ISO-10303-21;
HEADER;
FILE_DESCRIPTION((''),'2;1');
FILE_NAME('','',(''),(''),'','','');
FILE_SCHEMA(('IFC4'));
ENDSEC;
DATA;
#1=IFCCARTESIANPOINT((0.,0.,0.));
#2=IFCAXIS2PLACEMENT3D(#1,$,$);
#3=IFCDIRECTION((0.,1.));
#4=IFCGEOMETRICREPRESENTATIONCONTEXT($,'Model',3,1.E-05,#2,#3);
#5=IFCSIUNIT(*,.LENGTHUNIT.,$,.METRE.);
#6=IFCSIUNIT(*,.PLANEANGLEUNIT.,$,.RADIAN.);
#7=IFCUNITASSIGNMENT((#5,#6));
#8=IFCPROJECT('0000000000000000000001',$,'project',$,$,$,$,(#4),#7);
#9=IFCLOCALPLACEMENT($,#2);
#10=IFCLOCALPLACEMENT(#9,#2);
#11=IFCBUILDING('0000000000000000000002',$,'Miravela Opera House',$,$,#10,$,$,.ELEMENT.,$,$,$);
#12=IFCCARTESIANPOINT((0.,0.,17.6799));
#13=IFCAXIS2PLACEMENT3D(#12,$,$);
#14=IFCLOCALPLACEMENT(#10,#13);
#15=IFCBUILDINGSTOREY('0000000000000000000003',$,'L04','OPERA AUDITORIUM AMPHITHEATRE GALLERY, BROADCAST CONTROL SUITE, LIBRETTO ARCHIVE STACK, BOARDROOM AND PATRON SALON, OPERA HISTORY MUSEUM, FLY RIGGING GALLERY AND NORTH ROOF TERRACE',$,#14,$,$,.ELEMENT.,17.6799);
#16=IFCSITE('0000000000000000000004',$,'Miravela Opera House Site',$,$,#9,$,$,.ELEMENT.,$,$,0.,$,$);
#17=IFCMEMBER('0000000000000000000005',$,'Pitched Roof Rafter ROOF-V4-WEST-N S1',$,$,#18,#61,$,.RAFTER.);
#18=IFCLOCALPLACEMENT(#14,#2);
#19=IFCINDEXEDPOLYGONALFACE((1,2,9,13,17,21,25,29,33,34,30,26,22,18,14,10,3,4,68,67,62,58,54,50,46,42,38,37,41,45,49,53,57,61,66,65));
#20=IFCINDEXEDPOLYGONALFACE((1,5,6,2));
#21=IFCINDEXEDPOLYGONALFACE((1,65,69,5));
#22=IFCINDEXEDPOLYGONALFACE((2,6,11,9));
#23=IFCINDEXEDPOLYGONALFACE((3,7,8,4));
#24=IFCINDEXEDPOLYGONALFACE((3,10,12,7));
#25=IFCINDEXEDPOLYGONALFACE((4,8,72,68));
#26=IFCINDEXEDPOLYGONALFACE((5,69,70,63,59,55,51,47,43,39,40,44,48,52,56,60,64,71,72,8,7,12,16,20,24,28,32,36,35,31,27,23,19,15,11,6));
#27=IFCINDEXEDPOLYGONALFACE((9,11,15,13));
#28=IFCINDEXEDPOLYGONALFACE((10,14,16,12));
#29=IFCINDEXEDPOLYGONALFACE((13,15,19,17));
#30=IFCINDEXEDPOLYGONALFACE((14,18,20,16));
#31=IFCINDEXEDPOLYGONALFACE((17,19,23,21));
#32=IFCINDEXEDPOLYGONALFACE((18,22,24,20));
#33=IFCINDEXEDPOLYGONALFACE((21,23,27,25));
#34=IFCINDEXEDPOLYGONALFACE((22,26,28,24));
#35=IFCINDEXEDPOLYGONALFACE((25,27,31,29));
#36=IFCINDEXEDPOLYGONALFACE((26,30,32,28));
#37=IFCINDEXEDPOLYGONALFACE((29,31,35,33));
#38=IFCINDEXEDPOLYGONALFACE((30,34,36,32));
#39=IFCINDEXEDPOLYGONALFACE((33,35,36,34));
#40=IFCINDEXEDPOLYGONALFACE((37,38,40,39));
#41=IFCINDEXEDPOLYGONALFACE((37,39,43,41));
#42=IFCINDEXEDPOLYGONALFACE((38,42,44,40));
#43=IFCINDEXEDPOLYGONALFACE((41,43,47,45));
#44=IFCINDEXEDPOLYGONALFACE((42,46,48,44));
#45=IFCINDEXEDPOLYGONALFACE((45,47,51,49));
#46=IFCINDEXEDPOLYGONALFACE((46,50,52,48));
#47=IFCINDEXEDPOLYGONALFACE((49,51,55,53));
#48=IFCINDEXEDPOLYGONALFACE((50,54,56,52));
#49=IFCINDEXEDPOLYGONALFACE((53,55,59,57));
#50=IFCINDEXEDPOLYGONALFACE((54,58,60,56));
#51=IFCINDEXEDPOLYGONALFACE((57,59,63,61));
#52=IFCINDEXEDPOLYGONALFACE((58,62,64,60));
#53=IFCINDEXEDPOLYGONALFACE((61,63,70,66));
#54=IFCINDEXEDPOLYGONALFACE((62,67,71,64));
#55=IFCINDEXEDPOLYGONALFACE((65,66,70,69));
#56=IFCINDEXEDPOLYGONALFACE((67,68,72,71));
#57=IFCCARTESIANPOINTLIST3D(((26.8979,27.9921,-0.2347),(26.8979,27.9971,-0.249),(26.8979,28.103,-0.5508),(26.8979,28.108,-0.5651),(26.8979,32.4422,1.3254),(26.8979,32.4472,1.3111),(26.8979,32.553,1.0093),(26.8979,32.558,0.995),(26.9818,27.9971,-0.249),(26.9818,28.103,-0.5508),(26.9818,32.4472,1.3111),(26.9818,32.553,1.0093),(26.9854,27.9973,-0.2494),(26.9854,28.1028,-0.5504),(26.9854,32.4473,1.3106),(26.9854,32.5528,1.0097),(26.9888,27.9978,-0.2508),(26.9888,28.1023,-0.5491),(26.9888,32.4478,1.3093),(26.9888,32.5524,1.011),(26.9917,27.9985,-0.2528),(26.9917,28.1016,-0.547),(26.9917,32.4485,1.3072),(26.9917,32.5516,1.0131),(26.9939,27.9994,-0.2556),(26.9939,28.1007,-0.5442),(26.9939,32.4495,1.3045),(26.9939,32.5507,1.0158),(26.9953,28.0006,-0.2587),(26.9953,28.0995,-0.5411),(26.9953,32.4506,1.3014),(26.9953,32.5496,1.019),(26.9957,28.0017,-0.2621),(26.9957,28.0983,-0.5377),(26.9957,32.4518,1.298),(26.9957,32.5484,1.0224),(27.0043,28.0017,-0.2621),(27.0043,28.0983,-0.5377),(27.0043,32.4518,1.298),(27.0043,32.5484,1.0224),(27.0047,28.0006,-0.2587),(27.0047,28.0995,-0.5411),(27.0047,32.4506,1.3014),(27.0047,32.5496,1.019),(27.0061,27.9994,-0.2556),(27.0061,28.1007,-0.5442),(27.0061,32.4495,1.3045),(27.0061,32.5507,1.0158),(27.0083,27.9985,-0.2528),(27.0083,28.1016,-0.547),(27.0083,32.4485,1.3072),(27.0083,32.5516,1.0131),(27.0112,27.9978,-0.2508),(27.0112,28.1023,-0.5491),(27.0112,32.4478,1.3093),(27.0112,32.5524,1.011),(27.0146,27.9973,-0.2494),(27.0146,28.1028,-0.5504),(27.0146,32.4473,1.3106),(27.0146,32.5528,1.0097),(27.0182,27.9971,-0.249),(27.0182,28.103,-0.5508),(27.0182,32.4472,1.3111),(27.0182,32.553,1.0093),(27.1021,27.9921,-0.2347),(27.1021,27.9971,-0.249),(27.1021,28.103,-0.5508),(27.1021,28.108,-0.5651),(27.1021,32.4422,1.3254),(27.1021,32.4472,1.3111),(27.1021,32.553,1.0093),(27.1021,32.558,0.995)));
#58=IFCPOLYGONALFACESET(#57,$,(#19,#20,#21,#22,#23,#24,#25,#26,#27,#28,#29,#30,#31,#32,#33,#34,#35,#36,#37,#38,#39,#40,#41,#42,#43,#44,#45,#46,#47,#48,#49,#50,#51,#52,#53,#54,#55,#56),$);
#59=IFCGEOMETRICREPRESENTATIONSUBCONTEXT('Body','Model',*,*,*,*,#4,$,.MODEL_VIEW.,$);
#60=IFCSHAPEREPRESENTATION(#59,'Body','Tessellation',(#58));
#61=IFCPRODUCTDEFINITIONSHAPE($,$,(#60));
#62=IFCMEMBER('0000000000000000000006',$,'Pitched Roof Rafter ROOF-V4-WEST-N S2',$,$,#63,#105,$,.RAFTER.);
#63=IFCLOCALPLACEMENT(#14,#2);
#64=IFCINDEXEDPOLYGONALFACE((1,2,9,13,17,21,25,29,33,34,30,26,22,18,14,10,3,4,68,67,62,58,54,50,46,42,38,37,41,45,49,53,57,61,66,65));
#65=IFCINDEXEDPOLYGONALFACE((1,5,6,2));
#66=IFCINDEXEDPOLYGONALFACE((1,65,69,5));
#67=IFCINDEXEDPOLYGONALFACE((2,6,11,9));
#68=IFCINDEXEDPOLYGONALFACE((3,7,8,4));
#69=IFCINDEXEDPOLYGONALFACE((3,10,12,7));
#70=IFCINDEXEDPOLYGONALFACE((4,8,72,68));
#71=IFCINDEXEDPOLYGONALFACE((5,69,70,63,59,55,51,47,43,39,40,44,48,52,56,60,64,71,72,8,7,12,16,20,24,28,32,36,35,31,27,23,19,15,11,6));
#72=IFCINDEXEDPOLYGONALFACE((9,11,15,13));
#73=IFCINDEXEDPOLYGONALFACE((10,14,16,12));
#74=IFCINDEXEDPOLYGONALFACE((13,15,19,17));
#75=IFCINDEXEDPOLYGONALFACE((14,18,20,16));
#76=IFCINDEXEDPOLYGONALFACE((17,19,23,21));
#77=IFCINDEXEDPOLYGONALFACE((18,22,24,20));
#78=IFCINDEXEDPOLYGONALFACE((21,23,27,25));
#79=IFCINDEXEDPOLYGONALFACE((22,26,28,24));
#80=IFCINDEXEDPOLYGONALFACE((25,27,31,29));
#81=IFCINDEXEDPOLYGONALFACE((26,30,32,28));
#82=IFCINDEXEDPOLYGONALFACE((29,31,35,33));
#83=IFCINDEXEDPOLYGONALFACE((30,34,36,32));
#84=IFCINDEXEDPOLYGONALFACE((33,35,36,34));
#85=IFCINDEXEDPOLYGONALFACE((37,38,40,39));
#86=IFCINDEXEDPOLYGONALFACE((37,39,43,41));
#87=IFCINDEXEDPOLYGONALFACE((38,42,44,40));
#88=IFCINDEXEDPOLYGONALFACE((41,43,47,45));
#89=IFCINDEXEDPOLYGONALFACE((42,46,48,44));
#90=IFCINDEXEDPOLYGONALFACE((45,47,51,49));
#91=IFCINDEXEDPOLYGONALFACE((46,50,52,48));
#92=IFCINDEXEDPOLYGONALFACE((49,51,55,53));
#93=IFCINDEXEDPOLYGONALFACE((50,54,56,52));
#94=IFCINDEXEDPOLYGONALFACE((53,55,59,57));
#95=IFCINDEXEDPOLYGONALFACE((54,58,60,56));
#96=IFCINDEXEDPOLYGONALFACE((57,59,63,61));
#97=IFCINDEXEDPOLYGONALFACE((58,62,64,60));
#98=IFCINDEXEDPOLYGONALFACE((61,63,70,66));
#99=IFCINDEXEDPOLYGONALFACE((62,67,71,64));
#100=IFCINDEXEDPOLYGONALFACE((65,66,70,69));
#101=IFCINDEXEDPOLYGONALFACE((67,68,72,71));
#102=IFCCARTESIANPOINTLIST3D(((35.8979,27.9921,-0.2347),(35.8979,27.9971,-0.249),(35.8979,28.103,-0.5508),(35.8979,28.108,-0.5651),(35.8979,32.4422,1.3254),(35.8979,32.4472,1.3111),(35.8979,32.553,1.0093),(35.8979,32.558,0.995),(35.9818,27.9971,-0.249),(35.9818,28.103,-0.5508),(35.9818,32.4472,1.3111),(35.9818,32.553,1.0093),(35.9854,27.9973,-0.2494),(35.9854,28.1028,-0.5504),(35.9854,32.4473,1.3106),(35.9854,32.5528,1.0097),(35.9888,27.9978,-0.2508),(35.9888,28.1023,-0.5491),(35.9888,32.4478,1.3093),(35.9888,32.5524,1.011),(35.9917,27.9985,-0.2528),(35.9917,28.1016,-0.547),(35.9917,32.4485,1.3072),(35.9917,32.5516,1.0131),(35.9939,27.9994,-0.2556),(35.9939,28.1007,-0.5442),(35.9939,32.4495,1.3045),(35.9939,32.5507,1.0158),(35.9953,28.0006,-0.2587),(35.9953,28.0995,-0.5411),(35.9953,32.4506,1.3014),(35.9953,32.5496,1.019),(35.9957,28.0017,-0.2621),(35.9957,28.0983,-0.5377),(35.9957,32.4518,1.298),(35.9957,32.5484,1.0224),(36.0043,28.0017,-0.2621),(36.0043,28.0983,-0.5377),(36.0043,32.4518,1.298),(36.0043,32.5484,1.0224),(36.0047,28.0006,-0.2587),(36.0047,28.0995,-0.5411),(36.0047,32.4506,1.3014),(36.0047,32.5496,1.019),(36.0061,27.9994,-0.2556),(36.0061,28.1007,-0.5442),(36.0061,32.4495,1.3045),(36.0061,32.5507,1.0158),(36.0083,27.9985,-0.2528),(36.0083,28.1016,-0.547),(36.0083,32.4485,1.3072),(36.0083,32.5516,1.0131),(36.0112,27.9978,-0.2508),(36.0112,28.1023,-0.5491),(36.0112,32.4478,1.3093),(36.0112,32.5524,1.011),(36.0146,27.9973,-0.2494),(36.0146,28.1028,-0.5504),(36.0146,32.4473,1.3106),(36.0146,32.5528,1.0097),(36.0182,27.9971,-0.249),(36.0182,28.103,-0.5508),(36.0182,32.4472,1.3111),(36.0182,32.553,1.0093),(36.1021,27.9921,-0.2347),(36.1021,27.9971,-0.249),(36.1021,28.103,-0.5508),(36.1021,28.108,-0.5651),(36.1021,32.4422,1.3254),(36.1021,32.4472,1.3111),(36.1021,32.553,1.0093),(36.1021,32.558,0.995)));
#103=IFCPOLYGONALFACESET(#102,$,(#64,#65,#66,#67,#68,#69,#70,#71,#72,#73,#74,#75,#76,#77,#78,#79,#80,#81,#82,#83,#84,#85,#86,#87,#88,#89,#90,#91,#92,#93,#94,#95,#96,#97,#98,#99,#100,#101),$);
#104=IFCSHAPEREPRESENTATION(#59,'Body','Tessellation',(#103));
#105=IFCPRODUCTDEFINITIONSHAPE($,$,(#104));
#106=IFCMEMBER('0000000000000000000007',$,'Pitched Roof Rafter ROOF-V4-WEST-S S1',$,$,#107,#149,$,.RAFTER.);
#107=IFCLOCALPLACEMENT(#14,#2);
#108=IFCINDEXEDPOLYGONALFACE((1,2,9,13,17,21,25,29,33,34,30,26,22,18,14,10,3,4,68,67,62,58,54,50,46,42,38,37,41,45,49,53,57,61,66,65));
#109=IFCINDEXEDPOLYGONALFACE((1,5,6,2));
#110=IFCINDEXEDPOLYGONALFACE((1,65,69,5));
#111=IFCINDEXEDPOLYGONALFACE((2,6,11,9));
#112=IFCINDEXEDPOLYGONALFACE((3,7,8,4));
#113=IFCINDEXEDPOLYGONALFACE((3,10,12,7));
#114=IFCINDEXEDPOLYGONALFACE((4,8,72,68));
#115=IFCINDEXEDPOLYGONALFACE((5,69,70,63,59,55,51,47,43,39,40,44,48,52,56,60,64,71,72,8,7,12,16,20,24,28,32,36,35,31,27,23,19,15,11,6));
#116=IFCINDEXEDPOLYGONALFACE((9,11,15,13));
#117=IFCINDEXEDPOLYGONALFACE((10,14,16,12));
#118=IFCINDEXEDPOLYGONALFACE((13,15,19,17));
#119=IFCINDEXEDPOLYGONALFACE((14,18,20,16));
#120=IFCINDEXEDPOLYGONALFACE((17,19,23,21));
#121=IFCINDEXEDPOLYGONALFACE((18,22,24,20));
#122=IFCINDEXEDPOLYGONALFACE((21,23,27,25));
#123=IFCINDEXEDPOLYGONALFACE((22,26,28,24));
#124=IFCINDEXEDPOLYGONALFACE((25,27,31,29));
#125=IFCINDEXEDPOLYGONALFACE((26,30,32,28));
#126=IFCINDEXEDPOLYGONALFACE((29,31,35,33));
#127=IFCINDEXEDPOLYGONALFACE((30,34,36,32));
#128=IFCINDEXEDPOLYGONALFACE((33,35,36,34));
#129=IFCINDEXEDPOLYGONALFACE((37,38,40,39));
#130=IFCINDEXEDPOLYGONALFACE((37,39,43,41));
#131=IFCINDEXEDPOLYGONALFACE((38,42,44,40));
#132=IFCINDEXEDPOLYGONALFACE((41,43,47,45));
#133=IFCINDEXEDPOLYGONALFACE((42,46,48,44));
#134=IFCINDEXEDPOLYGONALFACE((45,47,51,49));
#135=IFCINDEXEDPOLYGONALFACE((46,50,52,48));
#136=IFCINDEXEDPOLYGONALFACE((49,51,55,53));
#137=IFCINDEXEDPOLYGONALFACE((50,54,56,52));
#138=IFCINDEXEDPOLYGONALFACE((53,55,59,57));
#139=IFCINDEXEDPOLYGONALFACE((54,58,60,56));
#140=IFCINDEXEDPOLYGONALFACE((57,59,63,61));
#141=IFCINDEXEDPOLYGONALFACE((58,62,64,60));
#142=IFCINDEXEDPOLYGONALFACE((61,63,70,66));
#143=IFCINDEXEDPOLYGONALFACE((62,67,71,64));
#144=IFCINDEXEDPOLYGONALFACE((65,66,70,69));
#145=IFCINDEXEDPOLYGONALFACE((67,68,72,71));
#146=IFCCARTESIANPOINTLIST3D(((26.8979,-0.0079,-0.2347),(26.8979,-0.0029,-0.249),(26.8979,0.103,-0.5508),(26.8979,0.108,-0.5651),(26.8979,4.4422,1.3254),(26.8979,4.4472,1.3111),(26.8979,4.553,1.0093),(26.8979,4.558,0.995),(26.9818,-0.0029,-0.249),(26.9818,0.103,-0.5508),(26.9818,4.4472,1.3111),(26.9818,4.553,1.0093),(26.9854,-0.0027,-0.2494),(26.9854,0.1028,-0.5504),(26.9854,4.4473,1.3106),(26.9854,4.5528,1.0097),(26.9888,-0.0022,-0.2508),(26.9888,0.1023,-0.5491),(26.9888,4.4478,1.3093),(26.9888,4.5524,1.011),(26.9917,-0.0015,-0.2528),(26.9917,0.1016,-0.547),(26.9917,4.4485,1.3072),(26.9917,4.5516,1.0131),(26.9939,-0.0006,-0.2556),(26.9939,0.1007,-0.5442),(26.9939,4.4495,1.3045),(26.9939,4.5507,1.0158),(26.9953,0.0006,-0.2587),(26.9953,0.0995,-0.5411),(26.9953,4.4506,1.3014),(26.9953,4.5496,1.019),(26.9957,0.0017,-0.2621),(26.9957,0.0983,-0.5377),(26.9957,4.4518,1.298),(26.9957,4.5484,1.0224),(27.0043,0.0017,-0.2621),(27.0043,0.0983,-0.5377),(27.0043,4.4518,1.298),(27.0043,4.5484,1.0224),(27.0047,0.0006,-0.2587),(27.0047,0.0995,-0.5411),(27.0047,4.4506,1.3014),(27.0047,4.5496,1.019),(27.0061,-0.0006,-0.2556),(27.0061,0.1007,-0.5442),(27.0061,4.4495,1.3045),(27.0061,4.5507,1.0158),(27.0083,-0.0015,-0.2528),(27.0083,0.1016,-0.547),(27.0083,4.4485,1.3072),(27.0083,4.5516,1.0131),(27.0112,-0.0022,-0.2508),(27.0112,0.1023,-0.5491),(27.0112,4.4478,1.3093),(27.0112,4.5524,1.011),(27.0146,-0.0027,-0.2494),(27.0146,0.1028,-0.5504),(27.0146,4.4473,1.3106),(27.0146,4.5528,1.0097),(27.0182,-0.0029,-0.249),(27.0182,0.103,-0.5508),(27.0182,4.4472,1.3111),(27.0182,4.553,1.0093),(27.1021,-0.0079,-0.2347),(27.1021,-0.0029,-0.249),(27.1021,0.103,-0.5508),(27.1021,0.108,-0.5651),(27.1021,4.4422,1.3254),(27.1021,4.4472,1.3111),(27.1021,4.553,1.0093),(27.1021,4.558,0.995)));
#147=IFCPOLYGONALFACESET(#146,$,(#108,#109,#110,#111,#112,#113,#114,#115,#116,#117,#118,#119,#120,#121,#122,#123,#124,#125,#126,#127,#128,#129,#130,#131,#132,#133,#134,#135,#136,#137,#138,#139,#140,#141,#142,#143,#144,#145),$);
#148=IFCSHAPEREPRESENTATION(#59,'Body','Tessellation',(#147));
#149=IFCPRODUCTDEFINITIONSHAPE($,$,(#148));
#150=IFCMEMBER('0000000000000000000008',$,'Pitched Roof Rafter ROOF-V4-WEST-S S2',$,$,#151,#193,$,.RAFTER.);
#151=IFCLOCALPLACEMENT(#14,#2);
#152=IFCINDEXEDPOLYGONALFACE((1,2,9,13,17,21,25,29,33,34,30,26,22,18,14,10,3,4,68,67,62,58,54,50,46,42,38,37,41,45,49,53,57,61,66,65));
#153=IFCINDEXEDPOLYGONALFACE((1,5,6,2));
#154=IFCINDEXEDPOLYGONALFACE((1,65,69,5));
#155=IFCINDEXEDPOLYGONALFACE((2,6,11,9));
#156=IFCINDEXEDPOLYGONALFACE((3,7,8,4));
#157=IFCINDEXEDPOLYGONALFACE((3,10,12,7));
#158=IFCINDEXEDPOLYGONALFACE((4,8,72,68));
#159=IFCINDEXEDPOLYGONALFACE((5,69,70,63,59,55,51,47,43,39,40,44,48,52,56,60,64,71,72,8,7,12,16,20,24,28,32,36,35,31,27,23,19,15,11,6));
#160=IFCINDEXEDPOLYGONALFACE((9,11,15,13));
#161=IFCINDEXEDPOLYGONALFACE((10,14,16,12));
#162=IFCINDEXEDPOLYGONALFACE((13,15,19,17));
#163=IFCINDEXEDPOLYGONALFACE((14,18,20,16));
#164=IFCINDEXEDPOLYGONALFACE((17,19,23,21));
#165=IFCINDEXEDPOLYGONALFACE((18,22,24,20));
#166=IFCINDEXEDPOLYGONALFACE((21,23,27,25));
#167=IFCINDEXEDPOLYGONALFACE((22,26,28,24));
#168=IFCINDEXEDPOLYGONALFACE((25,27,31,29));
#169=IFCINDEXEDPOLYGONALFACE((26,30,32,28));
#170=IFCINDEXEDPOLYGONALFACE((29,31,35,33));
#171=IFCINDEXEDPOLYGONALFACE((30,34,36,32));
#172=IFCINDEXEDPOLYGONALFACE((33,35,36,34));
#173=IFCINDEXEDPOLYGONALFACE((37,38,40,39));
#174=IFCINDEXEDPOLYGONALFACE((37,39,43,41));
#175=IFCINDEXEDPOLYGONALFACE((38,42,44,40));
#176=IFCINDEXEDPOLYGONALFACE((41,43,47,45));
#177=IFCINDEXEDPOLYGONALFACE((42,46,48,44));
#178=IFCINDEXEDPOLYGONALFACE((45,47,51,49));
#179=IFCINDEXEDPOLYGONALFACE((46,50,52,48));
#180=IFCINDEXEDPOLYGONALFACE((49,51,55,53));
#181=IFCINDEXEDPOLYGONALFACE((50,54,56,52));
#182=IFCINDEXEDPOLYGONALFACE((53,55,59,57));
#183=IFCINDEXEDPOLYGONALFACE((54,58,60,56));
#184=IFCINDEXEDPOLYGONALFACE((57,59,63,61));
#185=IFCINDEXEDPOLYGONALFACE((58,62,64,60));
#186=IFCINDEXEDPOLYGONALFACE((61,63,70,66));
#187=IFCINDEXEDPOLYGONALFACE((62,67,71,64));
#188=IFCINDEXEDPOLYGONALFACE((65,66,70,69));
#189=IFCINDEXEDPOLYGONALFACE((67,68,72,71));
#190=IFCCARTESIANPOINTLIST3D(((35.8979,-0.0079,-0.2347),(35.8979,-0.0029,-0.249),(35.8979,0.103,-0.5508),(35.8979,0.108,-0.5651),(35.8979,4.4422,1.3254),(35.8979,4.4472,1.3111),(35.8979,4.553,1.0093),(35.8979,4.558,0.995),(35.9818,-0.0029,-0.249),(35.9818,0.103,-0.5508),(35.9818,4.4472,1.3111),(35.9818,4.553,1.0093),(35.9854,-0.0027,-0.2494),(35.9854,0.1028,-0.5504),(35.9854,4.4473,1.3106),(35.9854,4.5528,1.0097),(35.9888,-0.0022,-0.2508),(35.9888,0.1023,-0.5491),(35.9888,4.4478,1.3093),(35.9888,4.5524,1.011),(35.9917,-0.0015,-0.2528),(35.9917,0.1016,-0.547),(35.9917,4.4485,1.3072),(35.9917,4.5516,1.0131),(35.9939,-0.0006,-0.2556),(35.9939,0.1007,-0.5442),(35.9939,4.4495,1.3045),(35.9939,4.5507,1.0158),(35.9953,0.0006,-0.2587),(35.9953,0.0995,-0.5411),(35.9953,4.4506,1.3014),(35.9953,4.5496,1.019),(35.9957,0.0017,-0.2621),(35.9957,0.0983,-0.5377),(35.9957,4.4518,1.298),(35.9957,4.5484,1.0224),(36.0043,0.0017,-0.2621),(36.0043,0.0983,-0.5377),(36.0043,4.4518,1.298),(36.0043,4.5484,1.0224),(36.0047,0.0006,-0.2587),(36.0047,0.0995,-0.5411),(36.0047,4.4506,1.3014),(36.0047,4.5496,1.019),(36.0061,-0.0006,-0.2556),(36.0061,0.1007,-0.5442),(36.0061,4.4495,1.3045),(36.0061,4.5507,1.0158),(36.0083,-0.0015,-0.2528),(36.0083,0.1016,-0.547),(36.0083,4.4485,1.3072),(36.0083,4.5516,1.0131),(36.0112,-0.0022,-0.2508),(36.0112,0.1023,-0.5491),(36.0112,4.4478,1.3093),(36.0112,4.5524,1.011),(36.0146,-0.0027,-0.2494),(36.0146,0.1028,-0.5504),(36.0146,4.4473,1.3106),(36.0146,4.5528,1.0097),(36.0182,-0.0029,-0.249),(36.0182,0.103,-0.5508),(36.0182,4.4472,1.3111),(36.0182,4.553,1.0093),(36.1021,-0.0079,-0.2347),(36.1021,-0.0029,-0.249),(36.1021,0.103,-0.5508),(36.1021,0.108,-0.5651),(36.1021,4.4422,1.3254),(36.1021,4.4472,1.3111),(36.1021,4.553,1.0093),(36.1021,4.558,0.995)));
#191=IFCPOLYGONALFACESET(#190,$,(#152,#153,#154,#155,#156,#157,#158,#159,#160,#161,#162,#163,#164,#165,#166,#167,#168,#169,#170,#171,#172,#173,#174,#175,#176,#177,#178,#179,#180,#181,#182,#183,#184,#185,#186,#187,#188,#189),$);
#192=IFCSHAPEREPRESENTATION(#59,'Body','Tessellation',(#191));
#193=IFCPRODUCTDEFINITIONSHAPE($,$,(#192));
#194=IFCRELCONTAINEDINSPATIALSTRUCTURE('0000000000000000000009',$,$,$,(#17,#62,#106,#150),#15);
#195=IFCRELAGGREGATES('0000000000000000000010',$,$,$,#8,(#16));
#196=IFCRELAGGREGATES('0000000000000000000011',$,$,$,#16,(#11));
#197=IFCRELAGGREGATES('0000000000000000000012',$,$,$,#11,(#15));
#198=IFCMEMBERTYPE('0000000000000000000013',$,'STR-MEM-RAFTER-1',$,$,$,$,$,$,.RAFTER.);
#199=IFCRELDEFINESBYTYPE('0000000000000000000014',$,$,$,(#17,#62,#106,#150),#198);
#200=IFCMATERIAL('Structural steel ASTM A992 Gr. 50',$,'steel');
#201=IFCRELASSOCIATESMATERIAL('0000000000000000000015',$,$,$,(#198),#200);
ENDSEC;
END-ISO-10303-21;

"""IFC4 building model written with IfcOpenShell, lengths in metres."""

from ifc_helpers import new_model, si_unit, direction, frame, origin, origin_2d, place, context, subcontext, project, spatial, i_section, extrude, material, material_profile, profile_set, type_object, element, save


model = new_model("IFC4")

# Units and contexts
model_context = context("Model", 3, precision=1e-05, world=origin(), true_north=direction((0.0, 1.0)))
body_context = subcontext(model_context, "Body", "Model", "MODEL_VIEW")
ifc_project = project(units=[si_unit("LENGTHUNIT", "METRE"), si_unit("PLANEANGLEUNIT", "RADIAN")], contexts=[model_context])

# Site, building, storey
site_placement = place(None, origin())
site = spatial("IfcSite", under=ifc_project, at=site_placement, Name="Miravela Opera House Site", CompositionType="ELEMENT", RefElevation=0.0)
building_placement = place(site_placement, origin())
building = spatial("IfcBuilding", under=site, at=building_placement, Name="Miravela Opera House", CompositionType="ELEMENT")
storey_placement = place(building_placement, frame((0.0, 0.0, 17.6799)))
storey = spatial("IfcBuildingStorey", under=building, at=storey_placement, Name="L04", Description="OPERA AUDITORIUM AMPHITHEATRE GALLERY, BROADCAST CONTROL SUITE, LIBRETTO ARCHIVE STACK, BOARDROOM AND PATRON SALON, OPERA HISTORY MUSEUM, FLY RIGGING GALLERY AND NORTH ROOF TERRACE", CompositionType="ELEMENT", Elevation=17.6799)

# Shared definitions
ifc_material_1 = material(Name="Structural steel ASTM A992 Gr. 50", Category="steel")

# Members
ifc_material_profile_1 = material_profile(ifc_material_1, i_section(OverallWidth=0.2041, OverallDepth=0.3501, WebThickness=0.0085, FlangeThickness=0.0151, FilletRadius=0.0139, at=origin_2d()), Name="W360X72")
ifc_profile_set_1 = profile_set([ifc_material_profile_1])
member_type_1 = type_object("IfcMemberType", Name="STR-MEM-RAFTER-1", PredefinedType="RAFTER", material=ifc_profile_set_1)
for number, where, z_axis, x_axis, name in (
    (1, (27.0, 28.05, -0.3999), (0.0, 0.943688, 0.330837), (-1.0, 0.0, 0.0), "Pitched Roof Rafter ROOF-V4-WEST-N S1"),
    (2, (36.0, 28.05, -0.3999), (0.0, 0.943688, 0.330837), (-1.0, 0.0, 0.0), "Pitched Roof Rafter ROOF-V4-WEST-N S2"),
    (3, (27.0, 0.05, -0.3999), (0.0, 0.943688, 0.330837), (-1.0, 0.0, 0.0), "Pitched Roof Rafter ROOF-V4-WEST-S S1"),
    (4, (36.0, 0.05, -0.3999), (0.0, 0.943688, 0.330837), (-1.0, 0.0, 0.0), "Pitched Roof Rafter ROOF-V4-WEST-S S2"),
):
    element("IfcMember", number, at=place(storey_placement, frame(where, z_axis=z_axis, x_axis=x_axis)), inside=storey, type_object=member_type_1, Name=name, PredefinedType="RAFTER", context=body_context, shape_type="SweptSolid", body=[
        extrude(i_section(OverallWidth=0.2041, OverallDepth=0.3501, WebThickness=0.0085, FlangeThickness=0.0151, FilletRadius=0.0139, at=origin_2d()), origin(), (0.0, 0.0, 1.0), 4.7156),
    ])

save(model, "model.ifc")
